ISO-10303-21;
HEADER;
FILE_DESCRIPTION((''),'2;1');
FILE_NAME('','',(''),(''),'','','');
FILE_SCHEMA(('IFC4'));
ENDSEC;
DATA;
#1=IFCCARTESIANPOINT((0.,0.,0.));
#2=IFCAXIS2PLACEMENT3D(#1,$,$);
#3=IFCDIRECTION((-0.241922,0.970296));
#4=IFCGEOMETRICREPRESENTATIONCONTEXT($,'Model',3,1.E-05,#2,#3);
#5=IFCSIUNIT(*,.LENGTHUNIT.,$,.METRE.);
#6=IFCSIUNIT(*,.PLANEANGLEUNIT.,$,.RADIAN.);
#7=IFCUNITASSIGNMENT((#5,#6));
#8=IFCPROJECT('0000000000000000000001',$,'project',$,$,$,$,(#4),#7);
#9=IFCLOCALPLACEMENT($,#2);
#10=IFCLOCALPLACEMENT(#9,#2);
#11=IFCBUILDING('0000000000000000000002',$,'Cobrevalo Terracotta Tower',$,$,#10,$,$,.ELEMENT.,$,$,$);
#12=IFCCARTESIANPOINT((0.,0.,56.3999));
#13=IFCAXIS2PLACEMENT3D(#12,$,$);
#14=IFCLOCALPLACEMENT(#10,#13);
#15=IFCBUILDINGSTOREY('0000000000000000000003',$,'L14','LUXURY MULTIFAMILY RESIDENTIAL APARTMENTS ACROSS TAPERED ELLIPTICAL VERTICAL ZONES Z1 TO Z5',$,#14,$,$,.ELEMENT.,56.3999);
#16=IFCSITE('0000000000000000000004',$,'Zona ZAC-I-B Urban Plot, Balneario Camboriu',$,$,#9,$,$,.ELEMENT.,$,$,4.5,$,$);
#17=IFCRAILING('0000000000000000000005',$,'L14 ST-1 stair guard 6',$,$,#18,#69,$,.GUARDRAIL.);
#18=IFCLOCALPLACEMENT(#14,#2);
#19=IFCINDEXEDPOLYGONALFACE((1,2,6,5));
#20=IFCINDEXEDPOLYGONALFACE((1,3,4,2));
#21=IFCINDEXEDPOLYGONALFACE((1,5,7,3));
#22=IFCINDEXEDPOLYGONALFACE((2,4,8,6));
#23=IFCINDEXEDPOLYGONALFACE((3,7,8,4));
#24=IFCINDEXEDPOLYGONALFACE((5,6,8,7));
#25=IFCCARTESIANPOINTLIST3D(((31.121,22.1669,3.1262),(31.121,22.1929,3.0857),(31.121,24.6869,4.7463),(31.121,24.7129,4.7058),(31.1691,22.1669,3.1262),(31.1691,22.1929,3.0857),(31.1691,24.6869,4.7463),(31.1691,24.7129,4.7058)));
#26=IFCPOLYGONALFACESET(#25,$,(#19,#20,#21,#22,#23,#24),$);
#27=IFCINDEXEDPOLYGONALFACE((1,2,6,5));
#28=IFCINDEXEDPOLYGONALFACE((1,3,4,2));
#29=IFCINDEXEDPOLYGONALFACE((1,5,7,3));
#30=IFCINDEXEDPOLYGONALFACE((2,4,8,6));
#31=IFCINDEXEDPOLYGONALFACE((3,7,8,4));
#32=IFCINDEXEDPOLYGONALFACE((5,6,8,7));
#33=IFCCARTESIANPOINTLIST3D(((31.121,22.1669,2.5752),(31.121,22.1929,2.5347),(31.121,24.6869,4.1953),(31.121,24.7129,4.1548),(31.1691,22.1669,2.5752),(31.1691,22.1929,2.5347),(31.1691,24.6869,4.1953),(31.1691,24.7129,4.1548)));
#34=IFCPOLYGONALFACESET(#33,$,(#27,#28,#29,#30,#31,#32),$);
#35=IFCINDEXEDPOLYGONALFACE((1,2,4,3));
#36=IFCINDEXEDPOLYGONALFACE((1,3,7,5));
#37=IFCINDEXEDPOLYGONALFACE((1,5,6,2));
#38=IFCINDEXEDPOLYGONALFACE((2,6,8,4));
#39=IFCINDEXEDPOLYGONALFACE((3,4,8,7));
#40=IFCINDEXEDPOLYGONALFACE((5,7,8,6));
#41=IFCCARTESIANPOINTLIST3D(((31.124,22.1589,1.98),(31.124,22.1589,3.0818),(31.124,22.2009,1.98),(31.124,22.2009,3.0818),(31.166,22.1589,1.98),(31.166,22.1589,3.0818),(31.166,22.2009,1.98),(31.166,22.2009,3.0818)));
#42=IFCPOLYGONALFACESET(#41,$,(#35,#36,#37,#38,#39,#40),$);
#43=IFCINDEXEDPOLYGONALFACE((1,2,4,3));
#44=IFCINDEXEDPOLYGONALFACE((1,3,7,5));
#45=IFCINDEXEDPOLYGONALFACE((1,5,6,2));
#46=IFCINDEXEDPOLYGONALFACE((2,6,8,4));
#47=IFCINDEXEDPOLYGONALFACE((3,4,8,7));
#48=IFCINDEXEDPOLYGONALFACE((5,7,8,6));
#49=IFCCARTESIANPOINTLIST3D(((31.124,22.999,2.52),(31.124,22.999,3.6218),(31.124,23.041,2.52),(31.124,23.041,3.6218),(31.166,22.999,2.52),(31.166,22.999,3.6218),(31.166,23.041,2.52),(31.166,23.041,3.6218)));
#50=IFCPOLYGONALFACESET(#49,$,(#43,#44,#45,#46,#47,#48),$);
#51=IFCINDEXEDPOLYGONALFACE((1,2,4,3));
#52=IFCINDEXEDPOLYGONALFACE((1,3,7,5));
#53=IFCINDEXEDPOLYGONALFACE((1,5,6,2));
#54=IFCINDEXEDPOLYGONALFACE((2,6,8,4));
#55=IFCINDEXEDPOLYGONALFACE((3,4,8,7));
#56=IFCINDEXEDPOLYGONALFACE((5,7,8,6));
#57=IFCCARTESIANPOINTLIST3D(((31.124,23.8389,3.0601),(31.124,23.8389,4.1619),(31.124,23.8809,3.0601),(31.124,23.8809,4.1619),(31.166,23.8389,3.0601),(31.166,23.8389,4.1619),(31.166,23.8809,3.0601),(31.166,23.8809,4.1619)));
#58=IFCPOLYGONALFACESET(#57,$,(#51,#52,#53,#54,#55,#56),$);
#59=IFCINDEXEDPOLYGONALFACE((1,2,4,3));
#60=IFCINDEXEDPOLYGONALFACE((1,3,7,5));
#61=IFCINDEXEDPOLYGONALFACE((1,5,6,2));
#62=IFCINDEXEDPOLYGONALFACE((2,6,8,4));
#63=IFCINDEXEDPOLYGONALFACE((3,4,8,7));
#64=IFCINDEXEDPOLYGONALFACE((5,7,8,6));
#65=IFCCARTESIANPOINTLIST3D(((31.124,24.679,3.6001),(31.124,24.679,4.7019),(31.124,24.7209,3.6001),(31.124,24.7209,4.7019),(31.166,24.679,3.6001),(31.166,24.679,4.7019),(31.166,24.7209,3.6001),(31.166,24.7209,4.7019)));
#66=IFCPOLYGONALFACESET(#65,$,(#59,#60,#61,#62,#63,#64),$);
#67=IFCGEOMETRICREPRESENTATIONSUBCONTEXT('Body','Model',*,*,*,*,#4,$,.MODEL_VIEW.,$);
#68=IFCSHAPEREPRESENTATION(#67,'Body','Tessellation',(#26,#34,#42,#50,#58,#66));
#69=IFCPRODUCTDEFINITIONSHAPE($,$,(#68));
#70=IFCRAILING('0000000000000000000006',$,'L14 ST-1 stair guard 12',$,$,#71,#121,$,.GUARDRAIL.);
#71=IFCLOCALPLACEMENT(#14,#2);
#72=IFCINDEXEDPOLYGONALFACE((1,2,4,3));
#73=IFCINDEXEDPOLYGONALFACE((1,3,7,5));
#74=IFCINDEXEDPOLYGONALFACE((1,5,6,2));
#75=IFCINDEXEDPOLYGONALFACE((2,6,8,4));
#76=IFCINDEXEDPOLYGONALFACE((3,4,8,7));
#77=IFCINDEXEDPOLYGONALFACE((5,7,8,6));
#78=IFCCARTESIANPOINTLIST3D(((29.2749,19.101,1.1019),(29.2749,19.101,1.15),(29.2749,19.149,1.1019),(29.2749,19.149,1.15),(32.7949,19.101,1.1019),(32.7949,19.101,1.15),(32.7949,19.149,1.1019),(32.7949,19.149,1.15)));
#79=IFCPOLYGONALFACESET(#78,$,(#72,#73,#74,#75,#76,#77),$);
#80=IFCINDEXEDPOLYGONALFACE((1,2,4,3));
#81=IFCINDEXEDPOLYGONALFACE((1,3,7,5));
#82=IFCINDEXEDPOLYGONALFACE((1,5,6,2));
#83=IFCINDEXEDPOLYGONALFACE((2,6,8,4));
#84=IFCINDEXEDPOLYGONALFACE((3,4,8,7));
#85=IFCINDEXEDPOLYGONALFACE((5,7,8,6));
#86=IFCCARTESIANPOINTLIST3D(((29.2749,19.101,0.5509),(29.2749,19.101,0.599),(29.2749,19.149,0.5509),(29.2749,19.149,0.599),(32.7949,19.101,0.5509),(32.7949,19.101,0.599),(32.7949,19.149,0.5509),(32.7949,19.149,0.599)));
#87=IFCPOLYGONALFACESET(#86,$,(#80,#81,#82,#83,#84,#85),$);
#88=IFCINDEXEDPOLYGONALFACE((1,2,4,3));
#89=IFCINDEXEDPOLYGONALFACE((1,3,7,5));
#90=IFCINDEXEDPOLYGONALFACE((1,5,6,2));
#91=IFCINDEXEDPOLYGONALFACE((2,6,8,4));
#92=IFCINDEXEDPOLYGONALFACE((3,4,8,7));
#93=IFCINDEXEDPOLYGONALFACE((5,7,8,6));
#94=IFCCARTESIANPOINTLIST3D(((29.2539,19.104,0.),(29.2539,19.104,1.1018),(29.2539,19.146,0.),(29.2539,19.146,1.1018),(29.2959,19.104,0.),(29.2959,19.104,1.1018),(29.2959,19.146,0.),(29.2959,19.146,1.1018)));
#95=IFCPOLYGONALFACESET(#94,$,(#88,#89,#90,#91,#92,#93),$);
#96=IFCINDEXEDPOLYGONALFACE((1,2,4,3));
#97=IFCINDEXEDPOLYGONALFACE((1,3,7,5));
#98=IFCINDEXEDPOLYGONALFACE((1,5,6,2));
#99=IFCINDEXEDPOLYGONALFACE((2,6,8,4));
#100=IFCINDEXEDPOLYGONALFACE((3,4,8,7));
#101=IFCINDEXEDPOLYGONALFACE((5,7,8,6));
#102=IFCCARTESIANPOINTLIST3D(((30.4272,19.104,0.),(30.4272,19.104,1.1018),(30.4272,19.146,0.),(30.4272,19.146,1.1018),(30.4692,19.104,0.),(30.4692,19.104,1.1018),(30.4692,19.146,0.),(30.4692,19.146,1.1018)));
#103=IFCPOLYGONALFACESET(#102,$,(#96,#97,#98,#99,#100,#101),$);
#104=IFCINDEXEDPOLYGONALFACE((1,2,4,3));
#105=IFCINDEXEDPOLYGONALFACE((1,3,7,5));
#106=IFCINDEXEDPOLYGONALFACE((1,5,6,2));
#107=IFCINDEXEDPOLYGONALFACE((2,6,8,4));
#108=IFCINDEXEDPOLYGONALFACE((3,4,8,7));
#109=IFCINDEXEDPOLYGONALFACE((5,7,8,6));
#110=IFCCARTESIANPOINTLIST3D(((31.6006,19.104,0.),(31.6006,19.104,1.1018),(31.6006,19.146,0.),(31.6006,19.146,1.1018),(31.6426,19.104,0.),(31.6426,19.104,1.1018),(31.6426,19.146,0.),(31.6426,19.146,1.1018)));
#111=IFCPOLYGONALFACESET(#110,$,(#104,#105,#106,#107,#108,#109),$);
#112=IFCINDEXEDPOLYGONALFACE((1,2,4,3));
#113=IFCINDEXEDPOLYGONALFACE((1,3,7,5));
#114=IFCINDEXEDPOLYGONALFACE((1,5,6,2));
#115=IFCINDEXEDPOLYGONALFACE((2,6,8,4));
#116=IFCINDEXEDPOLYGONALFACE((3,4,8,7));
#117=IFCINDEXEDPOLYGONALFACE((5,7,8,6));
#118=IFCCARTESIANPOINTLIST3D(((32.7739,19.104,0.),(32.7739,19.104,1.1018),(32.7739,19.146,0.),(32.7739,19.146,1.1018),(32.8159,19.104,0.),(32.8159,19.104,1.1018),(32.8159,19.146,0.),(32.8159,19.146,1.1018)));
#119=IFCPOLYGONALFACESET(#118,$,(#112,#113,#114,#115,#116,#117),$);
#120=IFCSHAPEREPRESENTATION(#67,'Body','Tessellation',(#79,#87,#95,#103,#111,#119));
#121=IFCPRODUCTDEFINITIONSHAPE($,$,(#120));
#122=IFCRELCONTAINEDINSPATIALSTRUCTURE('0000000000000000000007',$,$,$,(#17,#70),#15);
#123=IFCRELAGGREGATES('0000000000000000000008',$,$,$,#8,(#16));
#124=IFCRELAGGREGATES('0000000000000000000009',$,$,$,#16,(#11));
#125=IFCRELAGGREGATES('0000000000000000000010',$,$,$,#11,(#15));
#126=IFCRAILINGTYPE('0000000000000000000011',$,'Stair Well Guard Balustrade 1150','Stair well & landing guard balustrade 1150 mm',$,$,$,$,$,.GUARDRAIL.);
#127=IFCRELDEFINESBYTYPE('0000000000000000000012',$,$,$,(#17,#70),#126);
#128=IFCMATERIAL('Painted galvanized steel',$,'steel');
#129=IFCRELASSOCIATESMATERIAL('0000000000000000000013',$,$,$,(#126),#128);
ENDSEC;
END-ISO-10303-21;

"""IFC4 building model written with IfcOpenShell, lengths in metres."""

from ifc_helpers import new_model, si_unit, direction, frame, origin, origin_2d, place, context, subcontext, project, spatial, rectangle, extrude, material, type_object, element, save


model = new_model("IFC4")

# Units and contexts
model_context = context("Model", 3, precision=1e-05, world=origin(), true_north=direction((-0.241922, 0.970296)))
body_context = subcontext(model_context, "Body", "Model", "MODEL_VIEW")
ifc_project = project(units=[si_unit("LENGTHUNIT", "METRE"), si_unit("PLANEANGLEUNIT", "RADIAN")], contexts=[model_context])

# Site, building, storey
site_placement = place(None, origin())
site = spatial("IfcSite", under=ifc_project, at=site_placement, Name="Zona ZAC-I-B Urban Plot, Balneario Camboriu", CompositionType="ELEMENT", RefElevation=4.5)
building_placement = place(site_placement, origin())
building = spatial("IfcBuilding", under=site, at=building_placement, Name="Cobrevalo Terracotta Tower", CompositionType="ELEMENT")
storey_placement = place(building_placement, frame((0.0, 0.0, 56.3999)))
storey = spatial("IfcBuildingStorey", under=building, at=storey_placement, Name="L14", Description="LUXURY MULTIFAMILY RESIDENTIAL APARTMENTS ACROSS TAPERED ELLIPTICAL VERTICAL ZONES Z1 TO Z5", CompositionType="ELEMENT", Elevation=56.3999)

# Railings
ifc_material_1 = material(Name="Painted galvanized steel", Category="steel")
railing_type = type_object("IfcRailingType", Name="Stair Well Guard Balustrade 1150", Description="Stair well & landing guard balustrade 1150 mm", PredefinedType="GUARDRAIL", material=ifc_material_1)
railing_1_placement = place(storey_placement, frame((31.145, 22.1799, 1.98)))
element("IfcRailing", 1, at=railing_1_placement, inside=storey, type_object=railing_type, Name="L14 ST-1 stair guard 6", PredefinedType="GUARDRAIL", context=body_context, shape_type="SweptSolid", body=[
    extrude(rectangle(XDim=0.0481, YDim=0.0481, at=origin_2d()), frame((0.0, 0.0, 1.126), z_axis=(0.0, 0.841163, 0.540782), x_axis=(-1.0, 0.0, 0.0)), (0.0, 0.0, 1.0), 2.9958),
    extrude(rectangle(XDim=0.0481, YDim=0.0481, at=origin_2d()), frame((0.0, 0.0, 0.575), z_axis=(0.0, 0.841163, 0.540782), x_axis=(-1.0, 0.0, 0.0)), (0.0, 0.0, 1.0), 2.9958),
    extrude(rectangle(XDim=0.042, YDim=0.042, at=origin_2d()), origin(), (0.0, 0.0, 1.0), 1.1018),
    extrude(rectangle(XDim=0.042, YDim=0.042, at=origin_2d()), frame((0.0, 0.8401, 0.54)), (0.0, 0.0, 1.0), 1.1018),
    extrude(rectangle(XDim=0.042, YDim=0.042, at=origin_2d()), frame((0.0, 1.6799, 1.0801)), (0.0, 0.0, 1.0), 1.1018),
    extrude(rectangle(XDim=0.042, YDim=0.042, at=origin_2d()), frame((0.0, 2.52, 1.6201)), (0.0, 0.0, 1.0), 1.1018),
])
railing_2_placement = place(storey_placement, frame((29.2749, 19.125, 0.0)))
element("IfcRailing", 2, at=railing_2_placement, inside=storey, type_object=railing_type, Name="L14 ST-1 stair guard 12", PredefinedType="GUARDRAIL", context=body_context, shape_type="SweptSolid", body=[
    extrude(rectangle(XDim=0.0481, YDim=0.0481, at=origin_2d()), frame((0.0, 0.0, 1.126), z_axis=(1.0, 0.0, 0.0), x_axis=(0.0, 1.0, 0.0)), (0.0, 0.0, 1.0), 3.52),
    extrude(rectangle(XDim=0.0481, YDim=0.0481, at=origin_2d()), frame((0.0, 0.0, 0.575), z_axis=(1.0, 0.0, 0.0), x_axis=(0.0, 1.0, 0.0)), (0.0, 0.0, 1.0), 3.52),
    extrude(rectangle(XDim=0.042, YDim=0.042, at=origin_2d()), origin(), (0.0, 0.0, 1.0), 1.1018),
    extrude(rectangle(XDim=0.042, YDim=0.042, at=origin_2d()), frame((1.1733, 0.0, 0.0)), (0.0, 0.0, 1.0), 1.1018),
    extrude(rectangle(XDim=0.042, YDim=0.042, at=origin_2d()), frame((2.3467, 0.0, 0.0)), (0.0, 0.0, 1.0), 1.1018),
    extrude(rectangle(XDim=0.042, YDim=0.042, at=origin_2d()), frame((3.52, 0.0, 0.0)), (0.0, 0.0, 1.0), 1.1018),
])

save(model, "model.ifc")
